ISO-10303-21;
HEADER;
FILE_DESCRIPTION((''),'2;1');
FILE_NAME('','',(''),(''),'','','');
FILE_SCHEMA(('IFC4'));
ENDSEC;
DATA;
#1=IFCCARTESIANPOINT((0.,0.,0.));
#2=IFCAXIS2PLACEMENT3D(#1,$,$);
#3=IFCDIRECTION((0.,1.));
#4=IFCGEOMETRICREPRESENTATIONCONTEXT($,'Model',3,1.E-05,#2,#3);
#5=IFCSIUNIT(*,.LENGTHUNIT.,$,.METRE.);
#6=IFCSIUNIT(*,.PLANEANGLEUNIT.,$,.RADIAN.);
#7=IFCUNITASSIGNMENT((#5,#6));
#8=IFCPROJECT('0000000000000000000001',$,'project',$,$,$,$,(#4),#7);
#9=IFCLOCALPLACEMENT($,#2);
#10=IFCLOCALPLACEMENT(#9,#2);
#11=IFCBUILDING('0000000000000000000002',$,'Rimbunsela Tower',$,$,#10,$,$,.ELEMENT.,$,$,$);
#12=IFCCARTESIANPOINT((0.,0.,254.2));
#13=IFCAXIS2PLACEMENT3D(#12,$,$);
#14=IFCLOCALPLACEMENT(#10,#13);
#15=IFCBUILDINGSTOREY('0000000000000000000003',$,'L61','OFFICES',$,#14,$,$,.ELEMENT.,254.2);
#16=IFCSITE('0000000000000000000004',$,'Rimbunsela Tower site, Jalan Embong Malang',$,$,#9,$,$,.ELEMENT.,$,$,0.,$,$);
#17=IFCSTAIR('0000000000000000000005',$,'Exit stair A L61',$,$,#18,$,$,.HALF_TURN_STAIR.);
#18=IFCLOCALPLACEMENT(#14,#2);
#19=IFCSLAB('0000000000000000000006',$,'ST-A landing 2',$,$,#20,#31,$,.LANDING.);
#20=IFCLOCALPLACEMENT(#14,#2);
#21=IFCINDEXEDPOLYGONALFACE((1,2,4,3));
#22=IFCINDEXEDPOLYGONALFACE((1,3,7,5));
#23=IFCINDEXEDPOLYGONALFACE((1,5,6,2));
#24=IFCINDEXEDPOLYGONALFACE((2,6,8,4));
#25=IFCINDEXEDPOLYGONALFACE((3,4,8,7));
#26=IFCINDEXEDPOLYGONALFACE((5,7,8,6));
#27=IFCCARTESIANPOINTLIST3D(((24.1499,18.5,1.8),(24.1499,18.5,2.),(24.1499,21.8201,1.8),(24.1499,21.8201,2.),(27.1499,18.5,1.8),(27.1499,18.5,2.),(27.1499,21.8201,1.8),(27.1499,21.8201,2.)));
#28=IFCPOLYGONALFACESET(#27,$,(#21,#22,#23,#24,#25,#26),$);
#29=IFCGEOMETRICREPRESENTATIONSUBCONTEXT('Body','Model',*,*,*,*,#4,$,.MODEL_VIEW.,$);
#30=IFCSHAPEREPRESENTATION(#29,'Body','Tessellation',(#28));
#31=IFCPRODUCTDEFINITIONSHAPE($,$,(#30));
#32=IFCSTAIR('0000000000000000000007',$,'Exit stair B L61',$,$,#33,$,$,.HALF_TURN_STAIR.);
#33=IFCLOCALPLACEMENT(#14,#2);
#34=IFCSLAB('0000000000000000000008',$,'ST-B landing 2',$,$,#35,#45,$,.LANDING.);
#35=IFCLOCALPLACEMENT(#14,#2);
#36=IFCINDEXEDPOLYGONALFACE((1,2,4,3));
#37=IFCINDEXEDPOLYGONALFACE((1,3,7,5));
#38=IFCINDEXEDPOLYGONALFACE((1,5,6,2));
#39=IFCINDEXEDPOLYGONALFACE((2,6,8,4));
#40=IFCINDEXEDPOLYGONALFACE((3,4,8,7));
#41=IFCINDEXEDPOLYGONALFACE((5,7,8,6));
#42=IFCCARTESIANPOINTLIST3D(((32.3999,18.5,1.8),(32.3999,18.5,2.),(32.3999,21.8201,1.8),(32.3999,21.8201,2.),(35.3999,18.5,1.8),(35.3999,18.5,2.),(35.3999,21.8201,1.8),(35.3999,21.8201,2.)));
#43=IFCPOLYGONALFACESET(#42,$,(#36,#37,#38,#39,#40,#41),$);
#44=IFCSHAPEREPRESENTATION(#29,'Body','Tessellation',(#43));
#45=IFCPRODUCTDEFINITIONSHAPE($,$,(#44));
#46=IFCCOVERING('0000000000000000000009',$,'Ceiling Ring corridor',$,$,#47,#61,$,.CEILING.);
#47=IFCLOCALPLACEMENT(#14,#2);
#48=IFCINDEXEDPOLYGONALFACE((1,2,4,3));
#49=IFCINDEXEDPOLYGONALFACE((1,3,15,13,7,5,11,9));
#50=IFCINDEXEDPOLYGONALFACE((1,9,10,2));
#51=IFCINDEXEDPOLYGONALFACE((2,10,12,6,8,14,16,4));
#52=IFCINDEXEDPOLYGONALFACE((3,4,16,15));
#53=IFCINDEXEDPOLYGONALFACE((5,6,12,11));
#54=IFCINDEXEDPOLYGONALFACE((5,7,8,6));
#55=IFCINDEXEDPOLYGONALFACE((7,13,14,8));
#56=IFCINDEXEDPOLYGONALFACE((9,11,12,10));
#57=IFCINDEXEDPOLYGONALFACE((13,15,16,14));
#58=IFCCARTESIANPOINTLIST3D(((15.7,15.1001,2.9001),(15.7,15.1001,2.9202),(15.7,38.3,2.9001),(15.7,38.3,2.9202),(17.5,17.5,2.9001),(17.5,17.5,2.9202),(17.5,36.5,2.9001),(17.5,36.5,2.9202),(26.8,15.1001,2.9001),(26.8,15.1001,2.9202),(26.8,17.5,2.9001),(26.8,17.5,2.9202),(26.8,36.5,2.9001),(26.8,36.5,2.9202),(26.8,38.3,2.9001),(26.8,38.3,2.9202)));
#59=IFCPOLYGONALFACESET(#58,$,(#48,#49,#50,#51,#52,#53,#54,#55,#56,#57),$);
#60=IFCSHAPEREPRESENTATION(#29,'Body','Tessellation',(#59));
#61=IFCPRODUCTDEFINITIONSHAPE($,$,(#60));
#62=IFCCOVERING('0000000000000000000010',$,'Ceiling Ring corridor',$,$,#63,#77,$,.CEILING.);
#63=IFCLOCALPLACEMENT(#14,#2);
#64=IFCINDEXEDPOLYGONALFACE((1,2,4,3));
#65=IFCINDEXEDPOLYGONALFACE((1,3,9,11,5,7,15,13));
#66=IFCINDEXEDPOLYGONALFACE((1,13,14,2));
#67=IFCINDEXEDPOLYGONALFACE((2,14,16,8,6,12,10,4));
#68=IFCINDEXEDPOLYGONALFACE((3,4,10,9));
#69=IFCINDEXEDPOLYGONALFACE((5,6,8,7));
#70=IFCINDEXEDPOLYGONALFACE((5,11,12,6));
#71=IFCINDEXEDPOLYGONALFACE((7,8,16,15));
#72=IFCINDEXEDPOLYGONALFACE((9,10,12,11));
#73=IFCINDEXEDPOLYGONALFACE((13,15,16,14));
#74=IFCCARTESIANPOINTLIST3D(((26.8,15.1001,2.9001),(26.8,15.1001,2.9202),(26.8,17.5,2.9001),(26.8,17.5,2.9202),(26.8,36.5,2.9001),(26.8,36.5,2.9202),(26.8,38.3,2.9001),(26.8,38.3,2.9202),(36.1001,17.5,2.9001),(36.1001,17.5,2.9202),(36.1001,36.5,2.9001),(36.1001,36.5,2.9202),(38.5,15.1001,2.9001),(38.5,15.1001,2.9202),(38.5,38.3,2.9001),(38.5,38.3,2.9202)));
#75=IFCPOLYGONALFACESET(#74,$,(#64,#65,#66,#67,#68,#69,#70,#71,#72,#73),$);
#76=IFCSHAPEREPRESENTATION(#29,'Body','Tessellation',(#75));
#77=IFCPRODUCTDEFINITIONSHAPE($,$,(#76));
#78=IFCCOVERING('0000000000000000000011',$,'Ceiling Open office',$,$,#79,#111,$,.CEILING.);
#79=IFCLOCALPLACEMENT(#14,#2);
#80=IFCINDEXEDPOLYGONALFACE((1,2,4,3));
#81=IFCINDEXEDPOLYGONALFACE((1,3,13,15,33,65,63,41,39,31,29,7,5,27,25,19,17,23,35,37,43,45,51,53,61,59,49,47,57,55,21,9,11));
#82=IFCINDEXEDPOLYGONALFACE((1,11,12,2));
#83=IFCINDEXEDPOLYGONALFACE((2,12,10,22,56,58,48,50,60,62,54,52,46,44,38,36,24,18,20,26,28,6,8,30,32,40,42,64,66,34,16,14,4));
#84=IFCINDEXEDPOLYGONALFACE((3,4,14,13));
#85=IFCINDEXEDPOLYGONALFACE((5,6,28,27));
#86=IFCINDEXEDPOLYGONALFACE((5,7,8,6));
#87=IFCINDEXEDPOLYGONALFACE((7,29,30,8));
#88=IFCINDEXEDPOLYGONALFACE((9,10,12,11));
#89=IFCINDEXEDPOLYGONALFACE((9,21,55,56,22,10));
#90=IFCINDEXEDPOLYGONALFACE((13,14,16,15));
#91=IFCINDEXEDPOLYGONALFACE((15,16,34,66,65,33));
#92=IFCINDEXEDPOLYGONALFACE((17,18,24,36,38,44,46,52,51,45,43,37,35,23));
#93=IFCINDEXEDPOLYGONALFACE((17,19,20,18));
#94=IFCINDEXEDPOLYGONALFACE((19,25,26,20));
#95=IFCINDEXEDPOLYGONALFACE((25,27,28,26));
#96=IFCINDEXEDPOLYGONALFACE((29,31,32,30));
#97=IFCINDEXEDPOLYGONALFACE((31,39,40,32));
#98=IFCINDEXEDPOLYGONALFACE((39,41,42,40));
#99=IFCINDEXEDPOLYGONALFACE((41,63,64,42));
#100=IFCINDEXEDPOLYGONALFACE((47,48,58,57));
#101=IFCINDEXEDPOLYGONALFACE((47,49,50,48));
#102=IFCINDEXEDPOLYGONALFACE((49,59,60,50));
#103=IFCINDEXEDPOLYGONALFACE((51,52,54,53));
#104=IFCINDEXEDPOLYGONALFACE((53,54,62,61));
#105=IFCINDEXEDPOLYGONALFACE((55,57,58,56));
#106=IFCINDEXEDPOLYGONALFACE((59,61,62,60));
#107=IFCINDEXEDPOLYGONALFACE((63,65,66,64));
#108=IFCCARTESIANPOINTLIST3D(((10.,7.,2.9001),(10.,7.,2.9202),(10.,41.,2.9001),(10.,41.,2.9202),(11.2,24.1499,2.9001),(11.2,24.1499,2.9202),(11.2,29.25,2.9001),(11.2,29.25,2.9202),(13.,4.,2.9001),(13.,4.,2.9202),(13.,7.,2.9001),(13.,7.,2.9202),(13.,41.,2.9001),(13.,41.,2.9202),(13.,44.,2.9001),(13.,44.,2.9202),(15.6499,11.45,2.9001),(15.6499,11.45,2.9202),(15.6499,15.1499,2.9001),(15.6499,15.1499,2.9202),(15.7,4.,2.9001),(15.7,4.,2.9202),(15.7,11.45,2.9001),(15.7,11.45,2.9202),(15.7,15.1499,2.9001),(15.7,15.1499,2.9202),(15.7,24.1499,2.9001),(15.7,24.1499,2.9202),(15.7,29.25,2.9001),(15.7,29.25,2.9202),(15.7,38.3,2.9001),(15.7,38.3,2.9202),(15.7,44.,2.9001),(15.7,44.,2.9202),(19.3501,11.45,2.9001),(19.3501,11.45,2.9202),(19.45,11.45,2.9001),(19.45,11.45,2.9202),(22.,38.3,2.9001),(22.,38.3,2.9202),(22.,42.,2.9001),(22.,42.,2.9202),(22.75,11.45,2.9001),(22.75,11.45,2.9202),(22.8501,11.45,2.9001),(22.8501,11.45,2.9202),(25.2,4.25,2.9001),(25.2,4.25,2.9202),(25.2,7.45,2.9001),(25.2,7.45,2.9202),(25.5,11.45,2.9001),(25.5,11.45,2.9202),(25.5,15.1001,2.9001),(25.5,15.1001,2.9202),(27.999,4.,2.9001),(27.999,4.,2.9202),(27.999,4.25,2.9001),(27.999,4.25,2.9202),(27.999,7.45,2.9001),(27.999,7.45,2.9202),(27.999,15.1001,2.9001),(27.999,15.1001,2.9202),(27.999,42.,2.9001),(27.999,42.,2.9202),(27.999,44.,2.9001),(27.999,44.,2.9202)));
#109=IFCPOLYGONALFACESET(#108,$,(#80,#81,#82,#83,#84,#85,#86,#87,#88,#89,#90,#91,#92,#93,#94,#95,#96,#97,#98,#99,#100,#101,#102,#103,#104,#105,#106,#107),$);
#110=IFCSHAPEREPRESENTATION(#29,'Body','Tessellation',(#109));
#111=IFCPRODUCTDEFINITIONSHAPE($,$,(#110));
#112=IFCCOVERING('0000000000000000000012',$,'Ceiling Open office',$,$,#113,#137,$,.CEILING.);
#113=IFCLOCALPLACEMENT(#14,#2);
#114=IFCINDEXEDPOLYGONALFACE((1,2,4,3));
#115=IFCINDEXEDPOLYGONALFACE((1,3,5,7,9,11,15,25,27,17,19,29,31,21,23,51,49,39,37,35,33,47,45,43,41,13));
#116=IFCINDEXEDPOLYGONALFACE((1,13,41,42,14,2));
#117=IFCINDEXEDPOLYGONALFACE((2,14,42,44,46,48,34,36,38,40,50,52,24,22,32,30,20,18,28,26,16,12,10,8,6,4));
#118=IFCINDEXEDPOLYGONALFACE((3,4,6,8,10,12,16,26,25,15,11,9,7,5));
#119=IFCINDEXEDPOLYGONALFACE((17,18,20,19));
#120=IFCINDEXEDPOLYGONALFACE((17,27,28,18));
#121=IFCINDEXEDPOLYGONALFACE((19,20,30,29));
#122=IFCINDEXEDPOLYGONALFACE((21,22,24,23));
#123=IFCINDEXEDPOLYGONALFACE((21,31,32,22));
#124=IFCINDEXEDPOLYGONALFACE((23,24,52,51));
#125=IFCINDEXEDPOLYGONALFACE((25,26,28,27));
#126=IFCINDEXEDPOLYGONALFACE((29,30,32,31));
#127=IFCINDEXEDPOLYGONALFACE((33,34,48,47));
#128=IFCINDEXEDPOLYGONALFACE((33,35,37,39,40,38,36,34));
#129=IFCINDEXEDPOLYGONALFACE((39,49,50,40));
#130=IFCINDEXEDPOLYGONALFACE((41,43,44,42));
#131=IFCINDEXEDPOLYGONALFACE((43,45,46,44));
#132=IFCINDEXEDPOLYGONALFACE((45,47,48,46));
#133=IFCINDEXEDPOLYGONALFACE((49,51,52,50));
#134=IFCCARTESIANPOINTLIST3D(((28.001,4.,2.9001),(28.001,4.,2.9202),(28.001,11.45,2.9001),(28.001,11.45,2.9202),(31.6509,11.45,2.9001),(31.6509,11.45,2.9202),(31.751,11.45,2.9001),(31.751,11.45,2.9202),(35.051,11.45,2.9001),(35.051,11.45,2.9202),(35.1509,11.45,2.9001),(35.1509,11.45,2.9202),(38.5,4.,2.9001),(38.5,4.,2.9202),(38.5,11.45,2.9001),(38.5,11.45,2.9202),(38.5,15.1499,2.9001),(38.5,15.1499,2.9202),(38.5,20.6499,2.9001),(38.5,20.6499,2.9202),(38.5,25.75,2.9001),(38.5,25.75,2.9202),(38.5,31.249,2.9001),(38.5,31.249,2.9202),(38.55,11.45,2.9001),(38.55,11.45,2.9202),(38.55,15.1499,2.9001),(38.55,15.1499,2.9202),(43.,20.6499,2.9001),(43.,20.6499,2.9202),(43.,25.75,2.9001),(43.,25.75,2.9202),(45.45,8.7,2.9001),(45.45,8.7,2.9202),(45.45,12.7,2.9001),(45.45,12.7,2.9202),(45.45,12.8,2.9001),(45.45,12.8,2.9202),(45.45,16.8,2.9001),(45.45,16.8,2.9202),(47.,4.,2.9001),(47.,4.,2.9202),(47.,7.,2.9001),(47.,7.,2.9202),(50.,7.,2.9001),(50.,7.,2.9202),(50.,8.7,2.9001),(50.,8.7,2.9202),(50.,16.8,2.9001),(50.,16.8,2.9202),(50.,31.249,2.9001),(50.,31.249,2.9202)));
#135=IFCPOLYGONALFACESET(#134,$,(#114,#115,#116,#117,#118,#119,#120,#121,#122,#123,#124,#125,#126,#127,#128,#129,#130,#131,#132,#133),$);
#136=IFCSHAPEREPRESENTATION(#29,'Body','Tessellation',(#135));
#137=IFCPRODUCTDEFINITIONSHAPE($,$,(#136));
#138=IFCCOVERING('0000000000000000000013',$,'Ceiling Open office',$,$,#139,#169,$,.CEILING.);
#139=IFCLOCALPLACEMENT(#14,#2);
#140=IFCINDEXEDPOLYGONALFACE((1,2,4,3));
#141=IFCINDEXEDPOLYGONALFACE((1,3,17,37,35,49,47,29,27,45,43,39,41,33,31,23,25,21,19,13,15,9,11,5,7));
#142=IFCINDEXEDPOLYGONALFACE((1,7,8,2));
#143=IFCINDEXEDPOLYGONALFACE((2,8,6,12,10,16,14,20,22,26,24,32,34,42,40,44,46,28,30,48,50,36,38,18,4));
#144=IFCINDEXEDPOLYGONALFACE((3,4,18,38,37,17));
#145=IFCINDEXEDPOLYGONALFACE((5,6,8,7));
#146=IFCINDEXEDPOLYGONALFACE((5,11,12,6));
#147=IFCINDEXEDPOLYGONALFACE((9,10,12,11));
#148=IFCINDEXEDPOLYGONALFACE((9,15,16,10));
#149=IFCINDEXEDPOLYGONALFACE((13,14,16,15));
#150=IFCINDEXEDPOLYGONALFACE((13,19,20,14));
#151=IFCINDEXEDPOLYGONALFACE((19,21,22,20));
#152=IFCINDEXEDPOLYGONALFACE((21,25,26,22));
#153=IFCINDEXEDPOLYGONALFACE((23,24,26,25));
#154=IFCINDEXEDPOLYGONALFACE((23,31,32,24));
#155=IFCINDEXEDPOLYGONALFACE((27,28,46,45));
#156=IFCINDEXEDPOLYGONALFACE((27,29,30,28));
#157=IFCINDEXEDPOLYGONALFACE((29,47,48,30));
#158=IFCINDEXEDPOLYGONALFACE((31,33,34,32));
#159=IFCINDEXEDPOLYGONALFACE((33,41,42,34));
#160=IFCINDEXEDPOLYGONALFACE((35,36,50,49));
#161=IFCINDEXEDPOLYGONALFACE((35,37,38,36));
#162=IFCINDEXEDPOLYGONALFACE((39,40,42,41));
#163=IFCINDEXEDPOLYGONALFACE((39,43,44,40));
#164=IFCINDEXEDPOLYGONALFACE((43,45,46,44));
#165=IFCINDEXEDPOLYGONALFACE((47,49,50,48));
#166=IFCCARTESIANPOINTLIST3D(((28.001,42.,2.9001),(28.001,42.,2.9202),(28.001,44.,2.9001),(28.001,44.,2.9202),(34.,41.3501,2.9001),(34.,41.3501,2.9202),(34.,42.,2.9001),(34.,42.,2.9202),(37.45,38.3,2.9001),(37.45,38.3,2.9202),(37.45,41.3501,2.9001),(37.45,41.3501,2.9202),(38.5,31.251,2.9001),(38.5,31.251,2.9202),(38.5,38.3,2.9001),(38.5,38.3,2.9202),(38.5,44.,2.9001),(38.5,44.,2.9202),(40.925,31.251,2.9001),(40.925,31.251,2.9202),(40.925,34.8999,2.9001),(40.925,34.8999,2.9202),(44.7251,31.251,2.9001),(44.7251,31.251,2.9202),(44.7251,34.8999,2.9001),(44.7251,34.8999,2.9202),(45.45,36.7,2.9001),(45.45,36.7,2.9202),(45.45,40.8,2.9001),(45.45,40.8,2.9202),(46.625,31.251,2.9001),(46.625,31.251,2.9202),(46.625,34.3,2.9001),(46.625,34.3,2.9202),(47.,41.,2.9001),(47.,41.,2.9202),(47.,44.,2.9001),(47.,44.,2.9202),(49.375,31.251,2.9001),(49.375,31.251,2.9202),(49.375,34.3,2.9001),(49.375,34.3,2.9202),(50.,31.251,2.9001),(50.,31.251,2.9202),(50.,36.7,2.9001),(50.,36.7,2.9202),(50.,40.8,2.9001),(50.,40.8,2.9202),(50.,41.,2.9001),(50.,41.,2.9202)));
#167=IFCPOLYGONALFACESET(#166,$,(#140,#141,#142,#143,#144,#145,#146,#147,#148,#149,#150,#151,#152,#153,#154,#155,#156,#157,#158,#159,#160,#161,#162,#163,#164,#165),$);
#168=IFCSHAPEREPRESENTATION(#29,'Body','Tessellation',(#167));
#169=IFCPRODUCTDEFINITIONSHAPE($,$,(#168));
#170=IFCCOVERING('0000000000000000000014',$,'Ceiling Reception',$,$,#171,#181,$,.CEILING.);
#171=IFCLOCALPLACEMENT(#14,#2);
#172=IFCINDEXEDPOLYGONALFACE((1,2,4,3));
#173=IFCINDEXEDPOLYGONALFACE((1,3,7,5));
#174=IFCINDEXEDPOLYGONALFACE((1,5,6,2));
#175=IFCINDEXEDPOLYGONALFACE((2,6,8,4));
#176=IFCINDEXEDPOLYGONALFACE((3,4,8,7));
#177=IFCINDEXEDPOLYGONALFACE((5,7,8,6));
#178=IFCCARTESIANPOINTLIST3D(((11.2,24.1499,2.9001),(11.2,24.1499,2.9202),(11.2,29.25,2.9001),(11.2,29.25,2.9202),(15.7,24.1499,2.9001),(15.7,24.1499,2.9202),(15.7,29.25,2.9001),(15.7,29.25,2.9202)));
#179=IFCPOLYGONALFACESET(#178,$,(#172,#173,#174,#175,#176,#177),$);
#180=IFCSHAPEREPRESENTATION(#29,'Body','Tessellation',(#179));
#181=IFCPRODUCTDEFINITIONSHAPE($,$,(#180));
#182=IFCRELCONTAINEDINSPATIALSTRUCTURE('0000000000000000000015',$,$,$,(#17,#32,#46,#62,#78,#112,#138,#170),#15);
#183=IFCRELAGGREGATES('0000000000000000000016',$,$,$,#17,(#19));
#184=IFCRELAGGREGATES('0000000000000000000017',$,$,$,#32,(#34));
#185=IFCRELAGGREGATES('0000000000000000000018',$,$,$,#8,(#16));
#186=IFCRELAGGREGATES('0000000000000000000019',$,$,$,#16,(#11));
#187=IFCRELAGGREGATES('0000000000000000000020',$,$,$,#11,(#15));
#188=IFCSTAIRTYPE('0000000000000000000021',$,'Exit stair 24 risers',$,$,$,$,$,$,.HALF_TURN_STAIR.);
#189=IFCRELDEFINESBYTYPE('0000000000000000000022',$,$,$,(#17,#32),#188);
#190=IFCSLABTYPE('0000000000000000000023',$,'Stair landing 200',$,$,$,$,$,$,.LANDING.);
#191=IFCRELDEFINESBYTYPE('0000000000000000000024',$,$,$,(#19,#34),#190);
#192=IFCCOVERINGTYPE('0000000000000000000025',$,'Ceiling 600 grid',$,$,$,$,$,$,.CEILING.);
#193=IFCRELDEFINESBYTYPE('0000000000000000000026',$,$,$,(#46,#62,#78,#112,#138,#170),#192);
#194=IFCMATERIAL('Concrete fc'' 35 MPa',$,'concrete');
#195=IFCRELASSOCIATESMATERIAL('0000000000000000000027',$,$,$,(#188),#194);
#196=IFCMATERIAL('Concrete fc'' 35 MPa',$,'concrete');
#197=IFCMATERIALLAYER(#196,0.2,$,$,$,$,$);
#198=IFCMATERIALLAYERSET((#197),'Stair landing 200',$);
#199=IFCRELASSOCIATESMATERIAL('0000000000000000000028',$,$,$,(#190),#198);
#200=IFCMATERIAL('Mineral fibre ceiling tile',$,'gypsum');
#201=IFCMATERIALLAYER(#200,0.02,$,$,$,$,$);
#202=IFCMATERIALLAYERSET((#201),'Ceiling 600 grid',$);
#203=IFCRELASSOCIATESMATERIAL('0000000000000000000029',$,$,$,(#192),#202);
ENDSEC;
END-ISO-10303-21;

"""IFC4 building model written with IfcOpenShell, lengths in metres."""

from ifc_helpers import new_model, si_unit, direction, frame, origin, place, context, subcontext, project, spatial, polyline, outline, extrude, material, layer, layer_set, type_object, element, aggregate, save


model = new_model("IFC4")

# Units and contexts
model_context = context("Model", 3, precision=1e-05, world=origin(), true_north=direction((0.0, 1.0)))
body_context = subcontext(model_context, "Body", "Model", "MODEL_VIEW")
ifc_project = project(units=[si_unit("LENGTHUNIT", "METRE"), si_unit("PLANEANGLEUNIT", "RADIAN")], contexts=[model_context])

# Site, building, storey
site_placement = place(None, origin())
site = spatial("IfcSite", under=ifc_project, at=site_placement, Name="Rimbunsela Tower site, Jalan Embong Malang", CompositionType="ELEMENT", RefElevation=0.0)
building_placement = place(site_placement, origin())
building = spatial("IfcBuilding", under=site, at=building_placement, Name="Rimbunsela Tower", CompositionType="ELEMENT")
storey_placement = place(building_placement, frame((0.0, 0.0, 254.2)))
storey = spatial("IfcBuildingStorey", under=building, at=storey_placement, Name="L61", Description="OFFICES", CompositionType="ELEMENT", Elevation=254.2)

# Stairs, slabs
ifc_material_1 = material(Name="Concrete fc' 35 MPa", Category="concrete")
stair_type = type_object("IfcStairType", Name="Exit stair 24 risers", PredefinedType="HALF_TURN_STAIR", material=ifc_material_1)
stair_1_placement = place(storey_placement, origin())
stair_1 = element("IfcStair", 1, at=stair_1_placement, inside=storey, type_object=stair_type, Name="Exit stair A L61", PredefinedType="HALF_TURN_STAIR")
ifc_material_2 = material(Name="Concrete fc' 35 MPa", Category="concrete")
ifc_layer_1 = layer(ifc_material_2, 0.2)
ifc_layer_set_1 = layer_set([ifc_layer_1], Name="Stair landing 200")
slab_type = type_object("IfcSlabType", Name="Stair landing 200", PredefinedType="LANDING", material=ifc_layer_set_1)
slab_1_placement = place(storey_placement, frame((0.0, 0.0, 1.8)))
slab_1 = element("IfcSlab", 2, at=slab_1_placement, type_object=slab_type, Name="ST-A landing 2", PredefinedType="LANDING", context=body_context, shape_type="SweptSolid", body=[
    extrude(outline(polyline([(24.1499, 18.5), (27.1499, 18.5), (27.1499, 21.8201), (24.1499, 21.8201), (24.1499, 18.5)])), origin(), (0.0, 0.0, 1.0), 0.2),
])
aggregate(stair_1, [slab_1])
stair_2_placement = place(storey_placement, origin())
stair_2 = element("IfcStair", 3, at=stair_2_placement, inside=storey, type_object=stair_type, Name="Exit stair B L61", PredefinedType="HALF_TURN_STAIR")
slab_2_placement = place(storey_placement, frame((0.0, 0.0, 1.8)))
slab_2 = element("IfcSlab", 4, at=slab_2_placement, type_object=slab_type, Name="ST-B landing 2", PredefinedType="LANDING", context=body_context, shape_type="SweptSolid", body=[
    extrude(outline(polyline([(32.3999, 18.5), (35.3999, 18.5), (35.3999, 21.8201), (32.3999, 21.8201), (32.3999, 18.5)])), origin(), (0.0, 0.0, 1.0), 0.2),
])
aggregate(stair_2, [slab_2])

# Coverings
ifc_material_3 = material(Name="Mineral fibre ceiling tile", Category="gypsum")
ifc_layer_2 = layer(ifc_material_3, 0.02)
ifc_layer_set_2 = layer_set([ifc_layer_2], Name="Ceiling 600 grid")
covering_type_1 = type_object("IfcCoveringType", Name="Ceiling 600 grid", PredefinedType="CEILING", material=ifc_layer_set_2)
covering_1_placement = place(storey_placement, frame((0.0, 0.0, 2.9001)))
element("IfcCovering", 5, at=covering_1_placement, inside=storey, type_object=covering_type_1, Name="Ceiling Ring corridor", PredefinedType="CEILING", context=body_context, shape_type="SweptSolid", body=[
    extrude(outline(polyline([(15.7, 38.3), (26.8, 38.3), (26.8, 36.5), (17.5, 36.5), (17.5, 17.5), (26.8, 17.5), (26.8, 15.1001), (15.7, 15.1001), (15.7, 38.3)])), origin(), (0.0, 0.0, 1.0), 0.02),
])
covering_2_placement = place(storey_placement, frame((0.0, 0.0, 2.9001)))
element("IfcCovering", 6, at=covering_2_placement, inside=storey, type_object=covering_type_1, Name="Ceiling Ring corridor", PredefinedType="CEILING", context=body_context, shape_type="SweptSolid", body=[
    extrude(outline(polyline([(38.5, 38.3), (38.5, 15.1001), (26.8, 15.1001), (26.8, 17.5), (36.1001, 17.5), (36.1001, 36.5), (26.8, 36.5), (26.8, 38.3), (38.5, 38.3)])), origin(), (0.0, 0.0, 1.0), 0.02),
])
covering_3_placement = place(storey_placement, frame((0.0, 0.0, 2.9001)))
element("IfcCovering", 7, at=covering_3_placement, inside=storey, type_object=covering_type_1, Name="Ceiling Open office", PredefinedType="CEILING", context=body_context, shape_type="SweptSolid", body=[
    extrude(outline(polyline([(19.45, 11.45), (22.75, 11.45), (22.8501, 11.45), (25.5, 11.45), (25.5, 15.1001), (27.999, 15.1001), (27.999, 7.45), (25.2, 7.45), (25.2, 4.25), (27.999, 4.25), (27.999, 4.0), (15.7, 4.0), (13.0, 4.0), (13.0, 7.0), (10.0, 7.0), (10.0, 41.0), (13.0, 41.0), (13.0, 44.0), (15.7, 44.0), (27.999, 44.0), (27.999, 42.0), (22.0, 42.0), (22.0, 38.3), (15.7, 38.3), (15.7, 29.25), (11.2, 29.25), (11.2, 24.1499), (15.7, 24.1499), (15.7, 15.1499), (15.6499, 15.1499), (15.6499, 11.45), (15.7, 11.45), (19.3501, 11.45), (19.45, 11.45)])), origin(), (0.0, 0.0, 1.0), 0.02),
])
covering_4_placement = place(storey_placement, frame((0.0, 0.0, 2.9001)))
element("IfcCovering", 8, at=covering_4_placement, inside=storey, type_object=covering_type_1, Name="Ceiling Open office", PredefinedType="CEILING", context=body_context, shape_type="SweptSolid", body=[
    extrude(outline(polyline([(28.001, 11.45), (31.6509, 11.45), (31.751, 11.45), (35.051, 11.45), (35.1509, 11.45), (38.5, 11.45), (38.55, 11.45), (38.55, 15.1499), (38.5, 15.1499), (38.5, 20.6499), (43.0, 20.6499), (43.0, 25.75), (38.5, 25.75), (38.5, 31.249), (50.0, 31.249), (50.0, 16.8), (45.45, 16.8), (45.45, 12.8), (45.45, 12.7), (45.45, 8.7), (50.0, 8.7), (50.0, 7.0), (47.0, 7.0), (47.0, 4.0), (38.5, 4.0), (28.001, 4.0), (28.001, 11.45)])), origin(), (0.0, 0.0, 1.0), 0.02),
])
covering_5_placement = place(storey_placement, frame((0.0, 0.0, 2.9001)))
element("IfcCovering", 9, at=covering_5_placement, inside=storey, type_object=covering_type_1, Name="Ceiling Open office", PredefinedType="CEILING", context=body_context, shape_type="SweptSolid", body=[
    extrude(outline(polyline([(50.0, 40.8), (45.45, 40.8), (45.45, 36.7), (50.0, 36.7), (50.0, 31.251), (49.375, 31.251), (49.375, 34.3), (46.625, 34.3), (46.625, 31.251), (44.7251, 31.251), (44.7251, 34.8999), (40.925, 34.8999), (40.925, 31.251), (38.5, 31.251), (38.5, 38.3), (37.45, 38.3), (37.45, 41.3501), (34.0, 41.3501), (34.0, 42.0), (28.001, 42.0), (28.001, 44.0), (38.5, 44.0), (47.0, 44.0), (47.0, 41.0), (50.0, 41.0), (50.0, 40.8)])), origin(), (0.0, 0.0, 1.0), 0.02),
])
covering_6_placement = place(storey_placement, frame((0.0, 0.0, 2.9001)))
element("IfcCovering", 10, at=covering_6_placement, inside=storey, type_object=covering_type_1, Name="Ceiling Reception", PredefinedType="CEILING", context=body_context, shape_type="SweptSolid", body=[
    extrude(outline(polyline([(15.7, 24.1499), (15.7, 29.25), (11.2, 29.25), (11.2, 24.1499), (15.7, 24.1499)])), origin(), (0.0, 0.0, 1.0), 0.02),
])

save(model, "model.ifc")
